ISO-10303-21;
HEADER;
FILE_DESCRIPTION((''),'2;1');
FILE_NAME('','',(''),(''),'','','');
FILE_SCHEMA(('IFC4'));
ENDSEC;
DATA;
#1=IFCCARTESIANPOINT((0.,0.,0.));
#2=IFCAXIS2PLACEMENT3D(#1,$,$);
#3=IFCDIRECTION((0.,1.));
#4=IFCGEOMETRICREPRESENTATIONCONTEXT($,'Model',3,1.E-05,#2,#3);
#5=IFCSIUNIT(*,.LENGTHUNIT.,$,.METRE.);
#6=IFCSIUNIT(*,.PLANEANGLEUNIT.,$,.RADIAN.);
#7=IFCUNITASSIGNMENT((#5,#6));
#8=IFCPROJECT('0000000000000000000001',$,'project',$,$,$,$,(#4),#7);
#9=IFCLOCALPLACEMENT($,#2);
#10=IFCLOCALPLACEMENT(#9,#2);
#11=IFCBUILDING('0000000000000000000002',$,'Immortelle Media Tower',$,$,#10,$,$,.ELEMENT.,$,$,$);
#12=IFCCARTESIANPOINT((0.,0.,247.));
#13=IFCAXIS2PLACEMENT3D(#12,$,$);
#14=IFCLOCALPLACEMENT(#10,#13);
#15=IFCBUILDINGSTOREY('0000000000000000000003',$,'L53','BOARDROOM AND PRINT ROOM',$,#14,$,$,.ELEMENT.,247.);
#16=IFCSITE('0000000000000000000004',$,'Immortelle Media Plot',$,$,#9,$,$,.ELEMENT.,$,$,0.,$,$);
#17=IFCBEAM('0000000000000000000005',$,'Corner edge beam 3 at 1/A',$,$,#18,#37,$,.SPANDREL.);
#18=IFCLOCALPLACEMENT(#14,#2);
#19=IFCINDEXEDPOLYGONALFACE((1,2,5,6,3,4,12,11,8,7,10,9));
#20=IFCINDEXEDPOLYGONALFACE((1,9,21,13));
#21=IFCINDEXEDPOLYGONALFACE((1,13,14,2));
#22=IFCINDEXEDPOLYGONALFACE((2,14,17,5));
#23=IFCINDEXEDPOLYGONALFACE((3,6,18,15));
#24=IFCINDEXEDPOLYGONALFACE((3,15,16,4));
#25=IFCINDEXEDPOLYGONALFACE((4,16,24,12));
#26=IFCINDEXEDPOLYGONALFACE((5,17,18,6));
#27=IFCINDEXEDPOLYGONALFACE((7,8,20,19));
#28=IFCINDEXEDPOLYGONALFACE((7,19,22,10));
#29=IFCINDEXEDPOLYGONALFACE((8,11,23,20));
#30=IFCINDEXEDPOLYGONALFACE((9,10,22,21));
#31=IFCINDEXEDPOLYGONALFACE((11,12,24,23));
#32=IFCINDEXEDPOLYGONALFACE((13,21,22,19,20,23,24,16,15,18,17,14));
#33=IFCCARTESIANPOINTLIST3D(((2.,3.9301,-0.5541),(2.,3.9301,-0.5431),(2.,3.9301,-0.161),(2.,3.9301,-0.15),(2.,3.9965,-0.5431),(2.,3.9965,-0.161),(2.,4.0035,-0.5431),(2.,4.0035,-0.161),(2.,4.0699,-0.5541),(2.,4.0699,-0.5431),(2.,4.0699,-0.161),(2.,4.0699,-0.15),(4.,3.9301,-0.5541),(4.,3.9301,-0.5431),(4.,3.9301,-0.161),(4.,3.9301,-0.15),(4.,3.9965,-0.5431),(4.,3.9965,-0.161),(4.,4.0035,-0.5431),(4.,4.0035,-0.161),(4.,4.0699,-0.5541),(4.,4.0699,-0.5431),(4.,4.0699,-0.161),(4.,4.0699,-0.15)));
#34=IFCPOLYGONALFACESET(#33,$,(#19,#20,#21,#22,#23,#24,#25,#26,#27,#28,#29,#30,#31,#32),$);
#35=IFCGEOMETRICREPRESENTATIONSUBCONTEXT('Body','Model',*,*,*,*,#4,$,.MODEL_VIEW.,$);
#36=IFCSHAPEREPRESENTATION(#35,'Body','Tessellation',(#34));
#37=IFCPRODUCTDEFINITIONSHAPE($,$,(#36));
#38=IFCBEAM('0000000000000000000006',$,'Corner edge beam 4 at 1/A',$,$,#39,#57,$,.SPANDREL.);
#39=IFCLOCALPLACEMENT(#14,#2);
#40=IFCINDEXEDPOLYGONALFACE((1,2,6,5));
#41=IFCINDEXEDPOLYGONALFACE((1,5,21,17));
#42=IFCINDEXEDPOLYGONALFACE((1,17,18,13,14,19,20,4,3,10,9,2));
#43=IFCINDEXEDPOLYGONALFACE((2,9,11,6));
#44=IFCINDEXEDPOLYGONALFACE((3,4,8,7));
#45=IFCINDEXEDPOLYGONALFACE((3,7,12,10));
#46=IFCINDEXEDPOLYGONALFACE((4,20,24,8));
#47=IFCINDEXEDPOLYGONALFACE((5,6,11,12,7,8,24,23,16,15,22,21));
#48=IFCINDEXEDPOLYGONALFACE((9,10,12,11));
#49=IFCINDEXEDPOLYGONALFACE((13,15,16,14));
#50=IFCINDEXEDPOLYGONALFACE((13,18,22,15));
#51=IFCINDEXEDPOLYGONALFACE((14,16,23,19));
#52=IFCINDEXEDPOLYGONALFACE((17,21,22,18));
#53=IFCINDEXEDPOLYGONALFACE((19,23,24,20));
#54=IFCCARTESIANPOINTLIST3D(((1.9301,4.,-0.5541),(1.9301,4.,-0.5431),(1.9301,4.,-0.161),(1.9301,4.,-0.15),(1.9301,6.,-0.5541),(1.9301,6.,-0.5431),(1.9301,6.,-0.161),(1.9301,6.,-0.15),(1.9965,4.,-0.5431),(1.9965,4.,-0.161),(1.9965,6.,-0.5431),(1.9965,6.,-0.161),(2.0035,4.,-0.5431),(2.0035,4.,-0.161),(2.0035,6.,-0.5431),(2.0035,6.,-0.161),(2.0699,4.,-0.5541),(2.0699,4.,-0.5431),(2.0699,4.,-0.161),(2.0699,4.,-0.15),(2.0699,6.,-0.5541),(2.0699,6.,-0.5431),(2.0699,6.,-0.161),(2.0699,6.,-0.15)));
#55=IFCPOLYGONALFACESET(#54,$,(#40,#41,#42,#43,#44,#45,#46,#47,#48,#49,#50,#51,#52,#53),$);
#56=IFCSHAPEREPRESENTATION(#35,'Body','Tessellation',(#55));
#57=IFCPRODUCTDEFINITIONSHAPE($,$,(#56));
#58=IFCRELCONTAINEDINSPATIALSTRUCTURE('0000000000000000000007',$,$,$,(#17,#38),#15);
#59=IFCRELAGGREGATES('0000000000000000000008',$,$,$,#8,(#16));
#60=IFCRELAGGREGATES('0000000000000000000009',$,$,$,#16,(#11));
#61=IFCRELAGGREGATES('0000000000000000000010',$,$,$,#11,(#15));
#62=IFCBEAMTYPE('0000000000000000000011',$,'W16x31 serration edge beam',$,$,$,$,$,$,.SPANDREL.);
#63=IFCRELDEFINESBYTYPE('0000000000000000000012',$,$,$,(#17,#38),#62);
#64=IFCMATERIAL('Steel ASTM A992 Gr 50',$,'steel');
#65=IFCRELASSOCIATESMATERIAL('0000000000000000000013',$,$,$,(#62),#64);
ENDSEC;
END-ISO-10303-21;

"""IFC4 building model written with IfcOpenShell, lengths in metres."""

from ifc_helpers import new_model, si_unit, direction, frame, origin, origin_2d, place, context, subcontext, project, spatial, i_section, extrude, material, material_profile, profile_set, type_object, element, save


model = new_model("IFC4")

# Units and contexts
model_context = context("Model", 3, precision=1e-05, world=origin(), true_north=direction((0.0, 1.0)))
body_context = subcontext(model_context, "Body", "Model", "MODEL_VIEW")
ifc_project = project(units=[si_unit("LENGTHUNIT", "METRE"), si_unit("PLANEANGLEUNIT", "RADIAN")], contexts=[model_context])

# Site, building, storey
site_placement = place(None, origin())
site = spatial("IfcSite", under=ifc_project, at=site_placement, Name="Immortelle Media Plot", CompositionType="ELEMENT", RefElevation=0.0)
building_placement = place(site_placement, origin())
building = spatial("IfcBuilding", under=site, at=building_placement, Name="Immortelle Media Tower", CompositionType="ELEMENT")
storey_placement = place(building_placement, frame((0.0, 0.0, 247.0)))
storey = spatial("IfcBuildingStorey", under=building, at=storey_placement, Name="L53", Description="BOARDROOM AND PRINT ROOM", CompositionType="ELEMENT", Elevation=247.0)

# Beams
ifc_material_1 = material(Name="Steel ASTM A992 Gr 50", Category="steel")
ifc_material_profile = material_profile(ifc_material_1, i_section(OverallWidth=0.1399, OverallDepth=0.4041, WebThickness=0.0071, FlangeThickness=0.011, at=origin_2d()), Name="W16x31")
ifc_profile_set = profile_set([ifc_material_profile], Name="Steel ASTM A992 Gr 50")
beam_type = type_object("IfcBeamType", Name="W16x31 serration edge beam", PredefinedType="SPANDREL", material=ifc_profile_set)
for number, where, z_axis, x_axis, name in (
    (1, (4.0, 4.0, -0.3521), (-1.0, 0.0, 0.0), (0.0, -1.0, 0.0), "Corner edge beam 3 at 1/A"),
    (2, (2.0, 4.0, -0.3521), (0.0, 1.0, 0.0), (-1.0, 0.0, 0.0), "Corner edge beam 4 at 1/A"),
):
    element("IfcBeam", number, at=place(storey_placement, frame(where, z_axis=z_axis, x_axis=x_axis)), inside=storey, type_object=beam_type, Name=name, PredefinedType="SPANDREL", context=body_context, shape_type="SweptSolid", body=[
        extrude(i_section(OverallWidth=0.1399, OverallDepth=0.4041, WebThickness=0.0071, FlangeThickness=0.011, at=origin_2d()), origin(), (0.0, 0.0, 1.0), 2.0),
    ])

save(model, "model.ifc")
